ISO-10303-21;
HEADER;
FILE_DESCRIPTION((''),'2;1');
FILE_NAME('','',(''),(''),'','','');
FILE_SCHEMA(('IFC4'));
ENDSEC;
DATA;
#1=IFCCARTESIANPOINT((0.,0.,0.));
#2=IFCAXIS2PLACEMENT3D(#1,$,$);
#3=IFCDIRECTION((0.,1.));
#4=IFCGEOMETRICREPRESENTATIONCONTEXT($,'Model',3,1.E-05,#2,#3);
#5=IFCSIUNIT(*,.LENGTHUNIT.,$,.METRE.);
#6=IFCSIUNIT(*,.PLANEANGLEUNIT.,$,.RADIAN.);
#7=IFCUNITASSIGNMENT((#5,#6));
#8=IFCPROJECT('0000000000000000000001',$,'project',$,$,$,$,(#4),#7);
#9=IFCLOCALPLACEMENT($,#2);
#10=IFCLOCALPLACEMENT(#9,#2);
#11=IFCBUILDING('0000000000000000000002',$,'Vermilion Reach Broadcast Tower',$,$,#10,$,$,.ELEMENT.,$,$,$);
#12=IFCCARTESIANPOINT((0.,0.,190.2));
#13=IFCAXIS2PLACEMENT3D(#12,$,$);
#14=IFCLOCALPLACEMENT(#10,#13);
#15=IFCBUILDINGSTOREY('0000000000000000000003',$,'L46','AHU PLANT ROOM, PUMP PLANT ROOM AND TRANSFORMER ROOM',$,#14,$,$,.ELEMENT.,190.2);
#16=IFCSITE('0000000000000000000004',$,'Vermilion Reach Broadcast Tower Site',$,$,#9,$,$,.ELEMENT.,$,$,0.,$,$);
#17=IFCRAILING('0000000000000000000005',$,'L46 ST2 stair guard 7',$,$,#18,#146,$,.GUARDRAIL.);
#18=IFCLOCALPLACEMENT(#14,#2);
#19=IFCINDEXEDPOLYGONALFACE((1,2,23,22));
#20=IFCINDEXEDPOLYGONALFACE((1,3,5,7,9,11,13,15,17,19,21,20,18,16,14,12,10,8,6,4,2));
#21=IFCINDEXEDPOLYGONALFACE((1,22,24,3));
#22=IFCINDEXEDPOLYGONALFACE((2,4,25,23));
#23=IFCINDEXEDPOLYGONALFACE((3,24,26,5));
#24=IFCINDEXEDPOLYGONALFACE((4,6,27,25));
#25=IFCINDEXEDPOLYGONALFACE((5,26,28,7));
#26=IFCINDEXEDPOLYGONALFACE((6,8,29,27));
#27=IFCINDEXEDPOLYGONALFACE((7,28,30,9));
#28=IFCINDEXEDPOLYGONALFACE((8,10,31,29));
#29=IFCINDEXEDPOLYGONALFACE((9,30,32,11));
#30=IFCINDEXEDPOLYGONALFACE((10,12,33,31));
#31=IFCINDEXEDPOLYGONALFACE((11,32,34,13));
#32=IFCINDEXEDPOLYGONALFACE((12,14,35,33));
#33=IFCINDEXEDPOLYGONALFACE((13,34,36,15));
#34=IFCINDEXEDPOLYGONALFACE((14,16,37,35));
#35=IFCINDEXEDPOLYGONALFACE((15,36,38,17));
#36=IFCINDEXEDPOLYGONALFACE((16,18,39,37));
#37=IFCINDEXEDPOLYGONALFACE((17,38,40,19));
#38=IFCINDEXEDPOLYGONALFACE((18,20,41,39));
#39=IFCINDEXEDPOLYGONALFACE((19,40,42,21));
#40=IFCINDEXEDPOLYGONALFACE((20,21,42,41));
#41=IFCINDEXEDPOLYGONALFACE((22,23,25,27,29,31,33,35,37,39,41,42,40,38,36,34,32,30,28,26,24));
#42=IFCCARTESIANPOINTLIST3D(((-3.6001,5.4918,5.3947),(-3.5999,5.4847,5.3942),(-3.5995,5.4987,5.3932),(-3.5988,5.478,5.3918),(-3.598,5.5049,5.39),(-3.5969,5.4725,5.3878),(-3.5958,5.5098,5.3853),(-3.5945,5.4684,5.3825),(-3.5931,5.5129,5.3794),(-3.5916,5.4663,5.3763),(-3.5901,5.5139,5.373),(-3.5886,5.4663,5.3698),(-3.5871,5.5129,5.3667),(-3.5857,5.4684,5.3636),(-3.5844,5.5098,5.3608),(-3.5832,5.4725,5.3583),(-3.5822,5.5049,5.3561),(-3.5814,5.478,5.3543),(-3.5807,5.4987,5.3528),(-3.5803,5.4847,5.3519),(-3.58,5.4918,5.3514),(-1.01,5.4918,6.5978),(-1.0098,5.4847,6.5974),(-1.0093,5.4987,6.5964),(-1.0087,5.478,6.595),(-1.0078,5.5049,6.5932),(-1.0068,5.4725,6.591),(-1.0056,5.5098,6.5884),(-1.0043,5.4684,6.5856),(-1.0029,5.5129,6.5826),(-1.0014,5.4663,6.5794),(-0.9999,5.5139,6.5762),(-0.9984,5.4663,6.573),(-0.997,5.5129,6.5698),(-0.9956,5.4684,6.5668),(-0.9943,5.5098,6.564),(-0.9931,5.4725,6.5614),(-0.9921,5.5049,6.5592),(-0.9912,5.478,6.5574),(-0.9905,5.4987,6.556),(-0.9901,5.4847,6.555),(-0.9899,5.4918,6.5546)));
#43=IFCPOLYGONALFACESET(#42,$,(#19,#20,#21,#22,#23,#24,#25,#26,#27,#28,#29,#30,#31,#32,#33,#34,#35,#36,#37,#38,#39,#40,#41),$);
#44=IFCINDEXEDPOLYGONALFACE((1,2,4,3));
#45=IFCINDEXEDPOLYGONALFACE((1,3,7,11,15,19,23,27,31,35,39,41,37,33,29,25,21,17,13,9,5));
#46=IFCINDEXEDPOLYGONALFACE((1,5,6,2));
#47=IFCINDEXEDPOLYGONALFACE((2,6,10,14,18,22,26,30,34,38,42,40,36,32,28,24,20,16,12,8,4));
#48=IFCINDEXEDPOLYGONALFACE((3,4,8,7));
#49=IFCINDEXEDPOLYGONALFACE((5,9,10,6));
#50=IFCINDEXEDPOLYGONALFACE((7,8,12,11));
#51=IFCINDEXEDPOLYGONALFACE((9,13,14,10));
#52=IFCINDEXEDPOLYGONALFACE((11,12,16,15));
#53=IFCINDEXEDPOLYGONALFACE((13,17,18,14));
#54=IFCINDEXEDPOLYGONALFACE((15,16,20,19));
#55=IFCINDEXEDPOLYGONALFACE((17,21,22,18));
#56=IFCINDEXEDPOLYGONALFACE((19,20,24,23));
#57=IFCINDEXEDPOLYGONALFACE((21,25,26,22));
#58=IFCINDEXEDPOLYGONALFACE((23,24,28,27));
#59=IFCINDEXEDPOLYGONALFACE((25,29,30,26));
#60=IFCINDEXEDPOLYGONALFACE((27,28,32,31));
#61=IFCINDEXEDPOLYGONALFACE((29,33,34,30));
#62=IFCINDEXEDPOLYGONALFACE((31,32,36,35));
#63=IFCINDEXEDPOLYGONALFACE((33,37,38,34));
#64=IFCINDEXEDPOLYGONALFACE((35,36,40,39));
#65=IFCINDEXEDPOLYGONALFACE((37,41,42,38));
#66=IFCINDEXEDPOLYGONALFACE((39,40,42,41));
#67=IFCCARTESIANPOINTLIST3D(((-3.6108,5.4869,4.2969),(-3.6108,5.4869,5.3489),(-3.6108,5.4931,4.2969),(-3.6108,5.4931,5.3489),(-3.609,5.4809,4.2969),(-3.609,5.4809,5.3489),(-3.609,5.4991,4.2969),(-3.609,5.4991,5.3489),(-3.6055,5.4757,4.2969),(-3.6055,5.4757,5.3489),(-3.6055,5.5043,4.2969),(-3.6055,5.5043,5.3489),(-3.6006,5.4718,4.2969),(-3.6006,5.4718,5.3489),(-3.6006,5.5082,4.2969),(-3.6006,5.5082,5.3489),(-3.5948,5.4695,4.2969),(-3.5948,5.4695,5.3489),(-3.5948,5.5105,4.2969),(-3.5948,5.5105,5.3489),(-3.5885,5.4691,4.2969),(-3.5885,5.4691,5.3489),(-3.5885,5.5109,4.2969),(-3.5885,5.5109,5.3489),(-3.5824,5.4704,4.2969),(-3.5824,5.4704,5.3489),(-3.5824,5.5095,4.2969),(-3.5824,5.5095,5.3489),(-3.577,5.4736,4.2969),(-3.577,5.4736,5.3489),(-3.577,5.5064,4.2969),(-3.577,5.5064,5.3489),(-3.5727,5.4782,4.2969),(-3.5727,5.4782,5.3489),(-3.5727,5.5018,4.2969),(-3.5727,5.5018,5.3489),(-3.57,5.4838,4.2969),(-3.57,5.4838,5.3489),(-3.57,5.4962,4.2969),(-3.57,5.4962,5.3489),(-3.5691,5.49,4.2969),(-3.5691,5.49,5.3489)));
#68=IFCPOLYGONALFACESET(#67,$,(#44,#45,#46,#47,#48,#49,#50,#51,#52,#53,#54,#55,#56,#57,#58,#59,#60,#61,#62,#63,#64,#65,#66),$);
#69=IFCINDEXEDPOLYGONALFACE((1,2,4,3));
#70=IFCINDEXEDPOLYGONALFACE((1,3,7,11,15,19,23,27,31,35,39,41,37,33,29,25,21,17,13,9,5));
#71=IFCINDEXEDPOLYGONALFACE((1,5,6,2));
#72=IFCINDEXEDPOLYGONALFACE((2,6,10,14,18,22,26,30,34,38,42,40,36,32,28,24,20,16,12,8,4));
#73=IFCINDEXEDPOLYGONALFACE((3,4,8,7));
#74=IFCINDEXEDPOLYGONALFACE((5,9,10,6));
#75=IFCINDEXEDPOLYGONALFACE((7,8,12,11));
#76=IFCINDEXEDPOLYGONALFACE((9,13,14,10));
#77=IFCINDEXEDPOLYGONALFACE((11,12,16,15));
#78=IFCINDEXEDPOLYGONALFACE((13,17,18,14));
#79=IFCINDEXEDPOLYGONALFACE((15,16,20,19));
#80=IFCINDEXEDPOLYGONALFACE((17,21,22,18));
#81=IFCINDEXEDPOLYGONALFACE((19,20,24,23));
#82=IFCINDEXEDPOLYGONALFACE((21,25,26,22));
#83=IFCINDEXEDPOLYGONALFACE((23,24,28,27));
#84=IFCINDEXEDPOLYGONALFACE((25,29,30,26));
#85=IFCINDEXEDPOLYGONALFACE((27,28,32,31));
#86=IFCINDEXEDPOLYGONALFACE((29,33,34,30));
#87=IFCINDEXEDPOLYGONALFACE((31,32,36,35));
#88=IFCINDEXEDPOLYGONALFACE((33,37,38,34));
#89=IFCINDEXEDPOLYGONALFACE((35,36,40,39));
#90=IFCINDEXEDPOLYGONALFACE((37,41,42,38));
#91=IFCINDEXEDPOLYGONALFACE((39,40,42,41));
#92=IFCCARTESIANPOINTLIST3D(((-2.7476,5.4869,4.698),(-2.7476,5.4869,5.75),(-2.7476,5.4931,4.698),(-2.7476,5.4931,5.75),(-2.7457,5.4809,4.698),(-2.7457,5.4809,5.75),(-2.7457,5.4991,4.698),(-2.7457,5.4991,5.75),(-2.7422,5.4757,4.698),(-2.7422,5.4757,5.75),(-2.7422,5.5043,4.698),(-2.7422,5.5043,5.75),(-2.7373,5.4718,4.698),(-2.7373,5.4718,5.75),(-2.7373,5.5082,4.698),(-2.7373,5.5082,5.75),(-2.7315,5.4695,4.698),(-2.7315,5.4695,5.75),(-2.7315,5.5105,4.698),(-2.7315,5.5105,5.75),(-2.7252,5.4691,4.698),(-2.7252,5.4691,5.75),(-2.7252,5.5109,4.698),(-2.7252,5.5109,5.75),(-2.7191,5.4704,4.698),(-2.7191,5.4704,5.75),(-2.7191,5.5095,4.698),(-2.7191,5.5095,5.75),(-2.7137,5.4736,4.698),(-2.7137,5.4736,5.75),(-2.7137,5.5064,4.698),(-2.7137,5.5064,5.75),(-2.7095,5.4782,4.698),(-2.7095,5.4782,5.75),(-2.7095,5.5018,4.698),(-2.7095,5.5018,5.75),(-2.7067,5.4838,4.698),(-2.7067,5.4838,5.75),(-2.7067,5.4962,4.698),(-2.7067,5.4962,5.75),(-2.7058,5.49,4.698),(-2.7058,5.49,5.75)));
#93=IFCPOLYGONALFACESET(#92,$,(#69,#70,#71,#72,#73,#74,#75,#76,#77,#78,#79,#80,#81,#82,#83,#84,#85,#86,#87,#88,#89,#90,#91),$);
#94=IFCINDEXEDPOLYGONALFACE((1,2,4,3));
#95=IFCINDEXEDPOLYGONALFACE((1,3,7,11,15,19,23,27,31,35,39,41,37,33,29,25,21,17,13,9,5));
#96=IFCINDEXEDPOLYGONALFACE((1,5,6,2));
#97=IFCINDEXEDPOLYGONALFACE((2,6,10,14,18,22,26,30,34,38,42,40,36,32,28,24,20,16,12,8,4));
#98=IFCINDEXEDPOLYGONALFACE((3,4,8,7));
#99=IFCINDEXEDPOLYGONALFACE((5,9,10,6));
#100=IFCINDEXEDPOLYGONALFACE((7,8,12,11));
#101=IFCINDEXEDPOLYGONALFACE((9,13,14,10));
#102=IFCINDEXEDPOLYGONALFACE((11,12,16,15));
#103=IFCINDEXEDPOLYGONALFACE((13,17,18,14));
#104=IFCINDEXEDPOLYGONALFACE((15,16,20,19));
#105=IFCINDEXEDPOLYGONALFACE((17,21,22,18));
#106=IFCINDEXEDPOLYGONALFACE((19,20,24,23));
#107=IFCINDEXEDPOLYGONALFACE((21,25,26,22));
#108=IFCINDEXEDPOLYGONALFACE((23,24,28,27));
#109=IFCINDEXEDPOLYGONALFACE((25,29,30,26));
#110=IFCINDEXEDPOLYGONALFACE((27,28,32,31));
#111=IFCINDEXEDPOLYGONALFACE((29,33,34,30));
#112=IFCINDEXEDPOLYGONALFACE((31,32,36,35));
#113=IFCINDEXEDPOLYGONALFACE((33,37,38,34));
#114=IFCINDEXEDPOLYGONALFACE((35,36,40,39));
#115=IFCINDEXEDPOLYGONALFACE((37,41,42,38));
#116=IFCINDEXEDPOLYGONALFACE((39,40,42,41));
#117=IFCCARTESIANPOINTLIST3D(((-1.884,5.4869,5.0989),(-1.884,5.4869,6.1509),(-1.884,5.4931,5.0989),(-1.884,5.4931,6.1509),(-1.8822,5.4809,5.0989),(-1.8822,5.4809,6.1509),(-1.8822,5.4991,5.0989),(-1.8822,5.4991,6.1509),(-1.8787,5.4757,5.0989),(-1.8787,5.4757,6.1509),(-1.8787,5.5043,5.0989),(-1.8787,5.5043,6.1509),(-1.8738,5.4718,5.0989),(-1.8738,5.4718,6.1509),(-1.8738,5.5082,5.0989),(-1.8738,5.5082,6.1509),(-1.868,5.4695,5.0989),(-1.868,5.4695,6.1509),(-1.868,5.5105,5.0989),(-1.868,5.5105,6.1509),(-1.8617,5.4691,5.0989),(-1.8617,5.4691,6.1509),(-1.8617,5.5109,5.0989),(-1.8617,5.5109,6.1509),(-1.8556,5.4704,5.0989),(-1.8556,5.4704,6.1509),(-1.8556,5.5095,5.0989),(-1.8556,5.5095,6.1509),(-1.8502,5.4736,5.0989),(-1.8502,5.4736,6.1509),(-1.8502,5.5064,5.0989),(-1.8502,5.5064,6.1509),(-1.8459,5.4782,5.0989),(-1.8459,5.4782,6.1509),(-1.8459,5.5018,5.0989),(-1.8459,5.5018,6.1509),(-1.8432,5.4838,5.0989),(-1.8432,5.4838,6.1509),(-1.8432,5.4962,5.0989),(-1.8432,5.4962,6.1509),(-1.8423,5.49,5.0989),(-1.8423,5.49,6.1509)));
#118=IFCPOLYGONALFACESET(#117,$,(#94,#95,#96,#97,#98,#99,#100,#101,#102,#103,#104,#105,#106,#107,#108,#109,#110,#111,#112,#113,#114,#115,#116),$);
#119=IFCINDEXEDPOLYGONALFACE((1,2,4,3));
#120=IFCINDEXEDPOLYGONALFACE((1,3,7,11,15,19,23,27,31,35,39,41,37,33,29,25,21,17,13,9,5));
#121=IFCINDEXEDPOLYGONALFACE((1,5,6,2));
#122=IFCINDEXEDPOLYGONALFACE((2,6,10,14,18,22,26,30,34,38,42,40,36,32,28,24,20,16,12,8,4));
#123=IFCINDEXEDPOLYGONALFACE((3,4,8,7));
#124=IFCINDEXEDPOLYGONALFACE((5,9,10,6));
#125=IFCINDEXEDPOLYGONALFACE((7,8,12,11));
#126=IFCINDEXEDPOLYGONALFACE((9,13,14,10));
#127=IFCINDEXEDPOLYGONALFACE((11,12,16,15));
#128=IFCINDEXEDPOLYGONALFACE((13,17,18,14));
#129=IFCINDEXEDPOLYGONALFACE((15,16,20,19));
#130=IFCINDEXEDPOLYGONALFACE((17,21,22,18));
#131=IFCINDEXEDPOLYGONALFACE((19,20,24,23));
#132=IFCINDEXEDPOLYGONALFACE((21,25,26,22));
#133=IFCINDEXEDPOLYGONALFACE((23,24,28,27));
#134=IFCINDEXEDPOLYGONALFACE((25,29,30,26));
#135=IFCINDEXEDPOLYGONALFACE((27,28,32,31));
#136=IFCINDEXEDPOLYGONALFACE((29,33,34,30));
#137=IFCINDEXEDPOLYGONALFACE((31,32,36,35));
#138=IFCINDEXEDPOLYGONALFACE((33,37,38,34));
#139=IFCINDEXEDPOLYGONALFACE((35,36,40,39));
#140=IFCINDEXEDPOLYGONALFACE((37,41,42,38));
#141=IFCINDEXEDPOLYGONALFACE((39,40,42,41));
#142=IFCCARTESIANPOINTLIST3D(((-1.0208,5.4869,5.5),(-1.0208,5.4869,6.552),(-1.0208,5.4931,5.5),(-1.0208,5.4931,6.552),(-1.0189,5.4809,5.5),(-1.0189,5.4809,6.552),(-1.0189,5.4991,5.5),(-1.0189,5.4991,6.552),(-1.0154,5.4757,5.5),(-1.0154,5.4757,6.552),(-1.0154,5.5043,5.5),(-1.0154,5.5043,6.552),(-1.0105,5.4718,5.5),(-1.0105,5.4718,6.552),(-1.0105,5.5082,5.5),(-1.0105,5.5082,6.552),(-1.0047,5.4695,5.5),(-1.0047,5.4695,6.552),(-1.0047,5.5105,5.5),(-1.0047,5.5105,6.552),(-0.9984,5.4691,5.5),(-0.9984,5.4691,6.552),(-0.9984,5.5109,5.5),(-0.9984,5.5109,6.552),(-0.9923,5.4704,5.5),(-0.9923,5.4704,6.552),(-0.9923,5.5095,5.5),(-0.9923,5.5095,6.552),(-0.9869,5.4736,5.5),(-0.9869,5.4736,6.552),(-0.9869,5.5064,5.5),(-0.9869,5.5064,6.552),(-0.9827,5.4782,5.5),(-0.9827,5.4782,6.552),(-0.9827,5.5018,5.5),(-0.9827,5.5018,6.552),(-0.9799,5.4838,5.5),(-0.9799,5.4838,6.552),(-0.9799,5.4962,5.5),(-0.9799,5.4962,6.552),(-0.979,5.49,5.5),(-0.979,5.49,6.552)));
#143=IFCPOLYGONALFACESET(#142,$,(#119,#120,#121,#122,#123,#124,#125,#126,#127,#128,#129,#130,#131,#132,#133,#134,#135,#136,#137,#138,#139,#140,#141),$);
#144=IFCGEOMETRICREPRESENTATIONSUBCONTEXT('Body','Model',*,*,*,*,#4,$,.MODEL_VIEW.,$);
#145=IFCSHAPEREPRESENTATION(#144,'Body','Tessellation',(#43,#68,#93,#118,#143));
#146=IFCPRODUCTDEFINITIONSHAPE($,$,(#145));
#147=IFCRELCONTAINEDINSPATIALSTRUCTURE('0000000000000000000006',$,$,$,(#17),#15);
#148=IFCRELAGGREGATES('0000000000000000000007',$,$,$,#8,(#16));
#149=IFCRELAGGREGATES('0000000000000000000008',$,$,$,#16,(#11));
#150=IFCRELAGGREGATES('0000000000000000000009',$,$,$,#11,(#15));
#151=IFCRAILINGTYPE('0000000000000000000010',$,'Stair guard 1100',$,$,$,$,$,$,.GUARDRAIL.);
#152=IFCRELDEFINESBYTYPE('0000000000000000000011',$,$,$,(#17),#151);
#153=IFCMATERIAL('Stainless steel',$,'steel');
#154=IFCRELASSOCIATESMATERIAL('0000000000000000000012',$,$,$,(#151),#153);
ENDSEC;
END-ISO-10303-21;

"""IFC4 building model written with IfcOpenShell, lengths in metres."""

from ifc_helpers import new_model, si_unit, direction, frame, origin, origin_2d, place, context, subcontext, project, spatial, circle, extrude, material, type_object, element, save


model = new_model("IFC4")

# Units and contexts
model_context = context("Model", 3, precision=1e-05, world=origin(), true_north=direction((0.0, 1.0)))
body_context = subcontext(model_context, "Body", "Model", "MODEL_VIEW")
ifc_project = project(units=[si_unit("LENGTHUNIT", "METRE"), si_unit("PLANEANGLEUNIT", "RADIAN")], contexts=[model_context])

# Site, building, storey
site_placement = place(None, origin())
site = spatial("IfcSite", under=ifc_project, at=site_placement, Name="Vermilion Reach Broadcast Tower Site", CompositionType="ELEMENT", RefElevation=0.0)
building_placement = place(site_placement, origin())
building = spatial("IfcBuilding", under=site, at=building_placement, Name="Vermilion Reach Broadcast Tower", CompositionType="ELEMENT")
storey_placement = place(building_placement, frame((0.0, 0.0, 190.2)))
storey = spatial("IfcBuildingStorey", under=building, at=storey_placement, Name="L46", Description="AHU PLANT ROOM, PUMP PLANT ROOM AND TRANSFORMER ROOM", CompositionType="ELEMENT", Elevation=190.2)

# Railing
ifc_material_1 = material(Name="Stainless steel", Category="steel")
railing_type_1 = type_object("IfcRailingType", Name="Stair guard 1100", PredefinedType="GUARDRAIL", material=ifc_material_1)
railing_1_placement = place(storey_placement, frame((-3.5901, 5.49, 4.2969)))
element("IfcRailing", 1, at=railing_1_placement, inside=storey, type_object=railing_type_1, Name="L46 ST2 stair guard 7", PredefinedType="GUARDRAIL", context=body_context, shape_type="SweptSolid", body=[
    extrude(circle(Radius=0.0239, at=origin_2d()), frame((0.0, 0.0, 1.0762), z_axis=(0.906931, 0.0, 0.42128), x_axis=(0.0, 1.0, 0.0)), (0.0, 0.0, 1.0), 2.856),
    extrude(circle(Radius=0.021, at=origin_2d()), origin(), (0.0, 0.0, 1.0), 1.052),
    extrude(circle(Radius=0.021, at=origin_2d()), frame((0.8633, 0.0, 0.4011)), (0.0, 0.0, 1.0), 1.052),
    extrude(circle(Radius=0.021, at=origin_2d()), frame((1.7268, 0.0, 0.802)), (0.0, 0.0, 1.0), 1.052),
    extrude(circle(Radius=0.021, at=origin_2d()), frame((2.5901, 0.0, 1.2031)), (0.0, 0.0, 1.0), 1.052),
])

save(model, "model.ifc")
